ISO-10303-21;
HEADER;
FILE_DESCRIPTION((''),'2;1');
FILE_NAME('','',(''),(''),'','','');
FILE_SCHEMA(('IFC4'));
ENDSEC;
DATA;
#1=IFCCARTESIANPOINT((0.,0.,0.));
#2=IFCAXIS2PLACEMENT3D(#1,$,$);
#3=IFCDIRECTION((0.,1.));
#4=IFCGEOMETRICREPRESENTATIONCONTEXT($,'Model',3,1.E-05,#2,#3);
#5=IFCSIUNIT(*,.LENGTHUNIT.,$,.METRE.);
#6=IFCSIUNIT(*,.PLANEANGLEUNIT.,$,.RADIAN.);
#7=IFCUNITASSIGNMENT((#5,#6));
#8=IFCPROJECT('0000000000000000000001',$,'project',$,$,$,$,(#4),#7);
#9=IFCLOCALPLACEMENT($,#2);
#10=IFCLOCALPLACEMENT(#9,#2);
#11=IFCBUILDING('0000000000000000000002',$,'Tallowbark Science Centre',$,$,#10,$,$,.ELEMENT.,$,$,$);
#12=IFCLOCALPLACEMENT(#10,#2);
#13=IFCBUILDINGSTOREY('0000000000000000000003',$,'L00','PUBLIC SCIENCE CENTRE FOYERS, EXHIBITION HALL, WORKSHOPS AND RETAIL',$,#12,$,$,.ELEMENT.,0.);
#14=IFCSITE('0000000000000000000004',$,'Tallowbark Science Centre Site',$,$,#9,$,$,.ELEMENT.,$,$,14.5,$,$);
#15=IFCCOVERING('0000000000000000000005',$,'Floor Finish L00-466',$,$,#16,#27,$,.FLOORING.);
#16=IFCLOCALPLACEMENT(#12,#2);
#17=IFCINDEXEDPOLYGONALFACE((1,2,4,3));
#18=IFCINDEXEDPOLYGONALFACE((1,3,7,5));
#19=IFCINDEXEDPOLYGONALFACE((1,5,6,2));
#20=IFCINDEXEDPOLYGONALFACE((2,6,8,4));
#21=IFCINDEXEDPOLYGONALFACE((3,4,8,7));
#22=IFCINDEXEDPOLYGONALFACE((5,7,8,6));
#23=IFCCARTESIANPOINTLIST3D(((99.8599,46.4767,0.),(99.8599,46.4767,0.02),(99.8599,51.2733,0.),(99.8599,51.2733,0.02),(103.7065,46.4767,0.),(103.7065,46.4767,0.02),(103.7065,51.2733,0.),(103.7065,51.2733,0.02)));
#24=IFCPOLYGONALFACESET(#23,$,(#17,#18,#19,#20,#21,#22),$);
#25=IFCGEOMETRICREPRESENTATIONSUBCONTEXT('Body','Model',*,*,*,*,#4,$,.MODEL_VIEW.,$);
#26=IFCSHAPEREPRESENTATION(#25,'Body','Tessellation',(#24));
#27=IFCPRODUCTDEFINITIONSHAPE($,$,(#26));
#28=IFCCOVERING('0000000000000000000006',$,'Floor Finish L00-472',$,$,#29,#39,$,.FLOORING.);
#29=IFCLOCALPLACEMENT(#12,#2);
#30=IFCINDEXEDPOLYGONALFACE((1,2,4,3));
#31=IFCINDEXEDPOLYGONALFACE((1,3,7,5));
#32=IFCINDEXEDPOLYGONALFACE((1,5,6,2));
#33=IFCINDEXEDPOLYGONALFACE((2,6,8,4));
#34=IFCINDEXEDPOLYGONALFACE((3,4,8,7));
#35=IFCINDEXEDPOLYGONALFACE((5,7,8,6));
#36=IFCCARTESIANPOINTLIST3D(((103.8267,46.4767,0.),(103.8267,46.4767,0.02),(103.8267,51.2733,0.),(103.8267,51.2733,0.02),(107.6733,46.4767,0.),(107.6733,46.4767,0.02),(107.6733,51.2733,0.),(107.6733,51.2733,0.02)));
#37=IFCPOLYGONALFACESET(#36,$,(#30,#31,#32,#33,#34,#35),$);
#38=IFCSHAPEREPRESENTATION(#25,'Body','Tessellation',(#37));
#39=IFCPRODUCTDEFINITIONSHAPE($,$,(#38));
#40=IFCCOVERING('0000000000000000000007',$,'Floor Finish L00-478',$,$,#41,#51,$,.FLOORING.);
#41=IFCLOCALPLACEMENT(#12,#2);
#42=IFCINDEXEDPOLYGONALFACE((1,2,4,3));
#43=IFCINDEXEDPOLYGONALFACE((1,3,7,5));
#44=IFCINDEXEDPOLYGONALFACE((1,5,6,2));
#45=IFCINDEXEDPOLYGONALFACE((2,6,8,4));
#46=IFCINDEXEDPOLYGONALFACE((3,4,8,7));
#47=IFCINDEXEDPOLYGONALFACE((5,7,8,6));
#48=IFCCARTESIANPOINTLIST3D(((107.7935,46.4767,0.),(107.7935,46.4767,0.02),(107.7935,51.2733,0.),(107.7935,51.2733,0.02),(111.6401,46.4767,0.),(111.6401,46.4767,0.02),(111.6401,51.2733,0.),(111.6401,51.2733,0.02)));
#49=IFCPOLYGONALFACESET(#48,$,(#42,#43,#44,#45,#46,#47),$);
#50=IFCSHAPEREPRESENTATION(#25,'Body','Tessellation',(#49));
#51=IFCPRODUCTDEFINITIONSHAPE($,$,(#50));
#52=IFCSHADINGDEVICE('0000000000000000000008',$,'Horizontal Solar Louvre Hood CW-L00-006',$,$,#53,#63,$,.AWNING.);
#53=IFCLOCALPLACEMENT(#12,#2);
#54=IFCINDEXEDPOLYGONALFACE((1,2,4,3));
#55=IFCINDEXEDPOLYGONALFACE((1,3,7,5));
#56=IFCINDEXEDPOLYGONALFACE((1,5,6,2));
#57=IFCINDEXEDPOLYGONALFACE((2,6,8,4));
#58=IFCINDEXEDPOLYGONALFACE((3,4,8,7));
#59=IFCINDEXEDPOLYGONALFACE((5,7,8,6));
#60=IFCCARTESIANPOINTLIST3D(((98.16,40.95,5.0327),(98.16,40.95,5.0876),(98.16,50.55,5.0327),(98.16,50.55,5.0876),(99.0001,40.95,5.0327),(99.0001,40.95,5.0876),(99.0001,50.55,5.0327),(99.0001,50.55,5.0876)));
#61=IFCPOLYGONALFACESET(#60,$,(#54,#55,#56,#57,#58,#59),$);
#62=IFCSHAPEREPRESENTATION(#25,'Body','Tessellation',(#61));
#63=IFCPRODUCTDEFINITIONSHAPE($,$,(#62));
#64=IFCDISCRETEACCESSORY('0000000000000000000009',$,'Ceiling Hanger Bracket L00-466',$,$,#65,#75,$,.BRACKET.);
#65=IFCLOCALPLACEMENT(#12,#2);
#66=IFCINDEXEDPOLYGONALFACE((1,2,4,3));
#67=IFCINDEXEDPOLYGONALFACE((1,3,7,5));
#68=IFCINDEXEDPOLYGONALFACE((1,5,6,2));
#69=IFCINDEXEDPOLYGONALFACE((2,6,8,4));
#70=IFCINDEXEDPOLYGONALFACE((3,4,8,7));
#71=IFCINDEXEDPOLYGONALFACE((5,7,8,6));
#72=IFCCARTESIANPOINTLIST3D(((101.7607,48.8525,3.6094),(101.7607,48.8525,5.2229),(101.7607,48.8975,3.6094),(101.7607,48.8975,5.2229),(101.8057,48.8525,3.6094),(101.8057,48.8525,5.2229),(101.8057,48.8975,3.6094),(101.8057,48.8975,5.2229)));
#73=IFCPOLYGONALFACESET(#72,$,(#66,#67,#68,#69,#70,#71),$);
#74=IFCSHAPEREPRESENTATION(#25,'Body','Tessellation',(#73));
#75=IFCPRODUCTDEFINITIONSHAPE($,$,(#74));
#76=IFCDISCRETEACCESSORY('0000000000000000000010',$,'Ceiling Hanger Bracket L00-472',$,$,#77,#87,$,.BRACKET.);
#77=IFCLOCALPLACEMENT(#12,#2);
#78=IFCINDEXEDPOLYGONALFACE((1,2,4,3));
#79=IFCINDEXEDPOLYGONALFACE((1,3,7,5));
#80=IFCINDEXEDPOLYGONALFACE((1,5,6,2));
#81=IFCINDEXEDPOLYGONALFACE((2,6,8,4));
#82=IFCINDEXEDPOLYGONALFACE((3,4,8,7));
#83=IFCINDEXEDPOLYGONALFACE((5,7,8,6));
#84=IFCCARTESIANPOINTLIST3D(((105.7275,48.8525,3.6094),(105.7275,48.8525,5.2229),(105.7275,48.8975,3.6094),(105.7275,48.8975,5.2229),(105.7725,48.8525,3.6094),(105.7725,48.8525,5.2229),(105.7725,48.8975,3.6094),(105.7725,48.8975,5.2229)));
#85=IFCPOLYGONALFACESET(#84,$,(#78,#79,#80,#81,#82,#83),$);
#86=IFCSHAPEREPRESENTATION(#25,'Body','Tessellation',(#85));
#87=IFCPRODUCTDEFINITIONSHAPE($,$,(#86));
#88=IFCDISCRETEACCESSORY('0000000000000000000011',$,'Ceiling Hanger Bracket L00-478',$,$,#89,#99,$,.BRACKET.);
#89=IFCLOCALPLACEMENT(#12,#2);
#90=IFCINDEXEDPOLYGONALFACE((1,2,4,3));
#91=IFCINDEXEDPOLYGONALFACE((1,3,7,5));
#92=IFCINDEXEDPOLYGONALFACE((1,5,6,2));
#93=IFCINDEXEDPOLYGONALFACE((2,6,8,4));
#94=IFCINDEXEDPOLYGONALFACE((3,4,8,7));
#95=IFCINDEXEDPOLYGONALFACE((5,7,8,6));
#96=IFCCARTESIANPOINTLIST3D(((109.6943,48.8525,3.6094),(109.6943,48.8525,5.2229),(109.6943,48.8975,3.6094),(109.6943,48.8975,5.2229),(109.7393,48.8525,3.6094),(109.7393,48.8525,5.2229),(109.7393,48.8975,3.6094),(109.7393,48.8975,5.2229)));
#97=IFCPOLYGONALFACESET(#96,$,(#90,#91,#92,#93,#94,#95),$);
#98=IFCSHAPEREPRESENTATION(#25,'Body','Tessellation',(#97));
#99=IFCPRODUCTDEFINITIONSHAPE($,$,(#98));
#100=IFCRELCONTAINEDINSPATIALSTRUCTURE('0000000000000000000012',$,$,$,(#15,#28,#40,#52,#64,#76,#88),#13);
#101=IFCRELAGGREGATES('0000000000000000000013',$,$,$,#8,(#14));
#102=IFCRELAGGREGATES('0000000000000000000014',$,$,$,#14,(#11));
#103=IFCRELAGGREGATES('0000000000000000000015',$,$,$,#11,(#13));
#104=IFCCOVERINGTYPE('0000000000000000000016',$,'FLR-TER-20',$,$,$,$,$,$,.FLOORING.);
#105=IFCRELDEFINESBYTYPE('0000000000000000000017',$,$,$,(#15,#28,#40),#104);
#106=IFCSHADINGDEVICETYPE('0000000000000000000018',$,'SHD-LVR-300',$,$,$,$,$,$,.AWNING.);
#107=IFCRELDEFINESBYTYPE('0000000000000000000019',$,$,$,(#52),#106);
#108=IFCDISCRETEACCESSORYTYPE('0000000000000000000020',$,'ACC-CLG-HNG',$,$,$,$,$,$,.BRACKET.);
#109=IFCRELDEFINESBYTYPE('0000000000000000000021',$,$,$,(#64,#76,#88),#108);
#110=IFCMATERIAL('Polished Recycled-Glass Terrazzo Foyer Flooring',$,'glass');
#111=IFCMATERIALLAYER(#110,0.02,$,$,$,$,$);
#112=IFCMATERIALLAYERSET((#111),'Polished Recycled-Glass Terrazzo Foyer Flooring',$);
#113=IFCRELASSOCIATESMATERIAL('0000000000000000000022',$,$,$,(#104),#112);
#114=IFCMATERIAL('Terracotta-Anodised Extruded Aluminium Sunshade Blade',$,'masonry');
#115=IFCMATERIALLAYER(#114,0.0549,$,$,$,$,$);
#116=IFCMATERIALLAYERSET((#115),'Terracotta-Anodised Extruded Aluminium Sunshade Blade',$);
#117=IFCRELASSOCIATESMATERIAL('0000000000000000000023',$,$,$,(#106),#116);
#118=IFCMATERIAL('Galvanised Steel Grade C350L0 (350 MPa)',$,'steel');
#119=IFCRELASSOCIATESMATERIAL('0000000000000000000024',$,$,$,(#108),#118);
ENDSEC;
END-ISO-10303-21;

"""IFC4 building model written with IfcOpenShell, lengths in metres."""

from ifc_helpers import new_model, si_unit, direction, frame, origin, origin_2d, place, context, subcontext, project, spatial, rectangle, extrude, material, layer, layer_set, type_object, element, save


model = new_model("IFC4")

# Units and contexts
model_context = context("Model", 3, precision=1e-05, world=origin(), true_north=direction((0.0, 1.0)))
body_context = subcontext(model_context, "Body", "Model", "MODEL_VIEW")
ifc_project = project(units=[si_unit("LENGTHUNIT", "METRE"), si_unit("PLANEANGLEUNIT", "RADIAN")], contexts=[model_context])

# Site, building, storey
site_placement = place(None, origin())
site = spatial("IfcSite", under=ifc_project, at=site_placement, Name="Tallowbark Science Centre Site", CompositionType="ELEMENT", RefElevation=14.5)
building_placement = place(site_placement, origin())
building = spatial("IfcBuilding", under=site, at=building_placement, Name="Tallowbark Science Centre", CompositionType="ELEMENT")
storey_placement = place(building_placement, origin())
storey = spatial("IfcBuildingStorey", under=building, at=storey_placement, Name="L00", Description="PUBLIC SCIENCE CENTRE FOYERS, EXHIBITION HALL, WORKSHOPS AND RETAIL", CompositionType="ELEMENT", Elevation=0.0)

# Coverings
ifc_material_1 = material(Name="Polished Recycled-Glass Terrazzo Foyer Flooring", Category="glass")
ifc_layer_1 = layer(ifc_material_1, 0.02)
ifc_layer_set_1 = layer_set([ifc_layer_1], Name="Polished Recycled-Glass Terrazzo Foyer Flooring")
covering_type_1 = type_object("IfcCoveringType", Name="FLR-TER-20", PredefinedType="FLOORING", material=ifc_layer_set_1)
for number, where, z_axis, x_axis, name in (
    (1, (101.7832, 48.875, 0.0), (0.0, 0.0, 1.0), (1.0, 0.0, 0.0), "Floor Finish L00-466"),
    (2, (105.75, 48.875, 0.0), (0.0, 0.0, 1.0), (1.0, 0.0, 0.0), "Floor Finish L00-472"),
    (3, (109.7168, 48.875, 0.0), (0.0, 0.0, 1.0), (1.0, 0.0, 0.0), "Floor Finish L00-478"),
):
    element("IfcCovering", number, at=place(storey_placement, frame(where, z_axis=z_axis, x_axis=x_axis)), inside=storey, type_object=covering_type_1, Name=name, PredefinedType="FLOORING", context=body_context, shape_type="SweptSolid", body=[
        extrude(rectangle(XDim=3.8467, YDim=4.7966, at=origin_2d()), origin(), (0.0, 0.0, 1.0), 0.02),
    ])

# Shading device
ifc_material_2 = material(Name="Terracotta-Anodised Extruded Aluminium Sunshade Blade", Category="masonry")
ifc_layer_2 = layer(ifc_material_2, 0.0549)
ifc_layer_set_2 = layer_set([ifc_layer_2], Name="Terracotta-Anodised Extruded Aluminium Sunshade Blade")
shading_device_type = type_object("IfcShadingDeviceType", Name="SHD-LVR-300", PredefinedType="AWNING", material=ifc_layer_set_2)
shading_device_placement = place(storey_placement, frame((98.5801, 45.75, 5.0327), z_axis=(0.0, 0.0, 1.0), x_axis=(0.0, -1.0, 0.0)))
element("IfcShadingDevice", 4, at=shading_device_placement, inside=storey, type_object=shading_device_type, Name="Horizontal Solar Louvre Hood CW-L00-006", PredefinedType="AWNING", context=body_context, shape_type="SweptSolid", body=[
    extrude(rectangle(XDim=9.6001, YDim=0.8401, at=origin_2d()), origin(), (0.0, 0.0, 1.0), 0.0549),
])

# Discrete accessories
ifc_material_3 = material(Name="Galvanised Steel Grade C350L0 (350 MPa)", Category="steel")
discrete_accessory_type = type_object("IfcDiscreteAccessoryType", Name="ACC-CLG-HNG", PredefinedType="BRACKET", material=ifc_material_3)
for number, where, z_axis, x_axis, name in (
    (5, (101.7832, 48.875, 3.6094), (0.0, 0.0, 1.0), (1.0, 0.0, 0.0), "Ceiling Hanger Bracket L00-466"),
    (6, (105.75, 48.875, 3.6094), (0.0, 0.0, 1.0), (1.0, 0.0, 0.0), "Ceiling Hanger Bracket L00-472"),
    (7, (109.7168, 48.875, 3.6094), (0.0, 0.0, 1.0), (1.0, 0.0, 0.0), "Ceiling Hanger Bracket L00-478"),
):
    element("IfcDiscreteAccessory", number, at=place(storey_placement, frame(where, z_axis=z_axis, x_axis=x_axis)), inside=storey, type_object=discrete_accessory_type, Name=name, PredefinedType="BRACKET", context=body_context, shape_type="SweptSolid", body=[
        extrude(rectangle(XDim=0.0449, YDim=0.0449, at=origin_2d()), origin(), (0.0, 0.0, 1.0), 1.6135),
    ])

save(model, "model.ifc")
